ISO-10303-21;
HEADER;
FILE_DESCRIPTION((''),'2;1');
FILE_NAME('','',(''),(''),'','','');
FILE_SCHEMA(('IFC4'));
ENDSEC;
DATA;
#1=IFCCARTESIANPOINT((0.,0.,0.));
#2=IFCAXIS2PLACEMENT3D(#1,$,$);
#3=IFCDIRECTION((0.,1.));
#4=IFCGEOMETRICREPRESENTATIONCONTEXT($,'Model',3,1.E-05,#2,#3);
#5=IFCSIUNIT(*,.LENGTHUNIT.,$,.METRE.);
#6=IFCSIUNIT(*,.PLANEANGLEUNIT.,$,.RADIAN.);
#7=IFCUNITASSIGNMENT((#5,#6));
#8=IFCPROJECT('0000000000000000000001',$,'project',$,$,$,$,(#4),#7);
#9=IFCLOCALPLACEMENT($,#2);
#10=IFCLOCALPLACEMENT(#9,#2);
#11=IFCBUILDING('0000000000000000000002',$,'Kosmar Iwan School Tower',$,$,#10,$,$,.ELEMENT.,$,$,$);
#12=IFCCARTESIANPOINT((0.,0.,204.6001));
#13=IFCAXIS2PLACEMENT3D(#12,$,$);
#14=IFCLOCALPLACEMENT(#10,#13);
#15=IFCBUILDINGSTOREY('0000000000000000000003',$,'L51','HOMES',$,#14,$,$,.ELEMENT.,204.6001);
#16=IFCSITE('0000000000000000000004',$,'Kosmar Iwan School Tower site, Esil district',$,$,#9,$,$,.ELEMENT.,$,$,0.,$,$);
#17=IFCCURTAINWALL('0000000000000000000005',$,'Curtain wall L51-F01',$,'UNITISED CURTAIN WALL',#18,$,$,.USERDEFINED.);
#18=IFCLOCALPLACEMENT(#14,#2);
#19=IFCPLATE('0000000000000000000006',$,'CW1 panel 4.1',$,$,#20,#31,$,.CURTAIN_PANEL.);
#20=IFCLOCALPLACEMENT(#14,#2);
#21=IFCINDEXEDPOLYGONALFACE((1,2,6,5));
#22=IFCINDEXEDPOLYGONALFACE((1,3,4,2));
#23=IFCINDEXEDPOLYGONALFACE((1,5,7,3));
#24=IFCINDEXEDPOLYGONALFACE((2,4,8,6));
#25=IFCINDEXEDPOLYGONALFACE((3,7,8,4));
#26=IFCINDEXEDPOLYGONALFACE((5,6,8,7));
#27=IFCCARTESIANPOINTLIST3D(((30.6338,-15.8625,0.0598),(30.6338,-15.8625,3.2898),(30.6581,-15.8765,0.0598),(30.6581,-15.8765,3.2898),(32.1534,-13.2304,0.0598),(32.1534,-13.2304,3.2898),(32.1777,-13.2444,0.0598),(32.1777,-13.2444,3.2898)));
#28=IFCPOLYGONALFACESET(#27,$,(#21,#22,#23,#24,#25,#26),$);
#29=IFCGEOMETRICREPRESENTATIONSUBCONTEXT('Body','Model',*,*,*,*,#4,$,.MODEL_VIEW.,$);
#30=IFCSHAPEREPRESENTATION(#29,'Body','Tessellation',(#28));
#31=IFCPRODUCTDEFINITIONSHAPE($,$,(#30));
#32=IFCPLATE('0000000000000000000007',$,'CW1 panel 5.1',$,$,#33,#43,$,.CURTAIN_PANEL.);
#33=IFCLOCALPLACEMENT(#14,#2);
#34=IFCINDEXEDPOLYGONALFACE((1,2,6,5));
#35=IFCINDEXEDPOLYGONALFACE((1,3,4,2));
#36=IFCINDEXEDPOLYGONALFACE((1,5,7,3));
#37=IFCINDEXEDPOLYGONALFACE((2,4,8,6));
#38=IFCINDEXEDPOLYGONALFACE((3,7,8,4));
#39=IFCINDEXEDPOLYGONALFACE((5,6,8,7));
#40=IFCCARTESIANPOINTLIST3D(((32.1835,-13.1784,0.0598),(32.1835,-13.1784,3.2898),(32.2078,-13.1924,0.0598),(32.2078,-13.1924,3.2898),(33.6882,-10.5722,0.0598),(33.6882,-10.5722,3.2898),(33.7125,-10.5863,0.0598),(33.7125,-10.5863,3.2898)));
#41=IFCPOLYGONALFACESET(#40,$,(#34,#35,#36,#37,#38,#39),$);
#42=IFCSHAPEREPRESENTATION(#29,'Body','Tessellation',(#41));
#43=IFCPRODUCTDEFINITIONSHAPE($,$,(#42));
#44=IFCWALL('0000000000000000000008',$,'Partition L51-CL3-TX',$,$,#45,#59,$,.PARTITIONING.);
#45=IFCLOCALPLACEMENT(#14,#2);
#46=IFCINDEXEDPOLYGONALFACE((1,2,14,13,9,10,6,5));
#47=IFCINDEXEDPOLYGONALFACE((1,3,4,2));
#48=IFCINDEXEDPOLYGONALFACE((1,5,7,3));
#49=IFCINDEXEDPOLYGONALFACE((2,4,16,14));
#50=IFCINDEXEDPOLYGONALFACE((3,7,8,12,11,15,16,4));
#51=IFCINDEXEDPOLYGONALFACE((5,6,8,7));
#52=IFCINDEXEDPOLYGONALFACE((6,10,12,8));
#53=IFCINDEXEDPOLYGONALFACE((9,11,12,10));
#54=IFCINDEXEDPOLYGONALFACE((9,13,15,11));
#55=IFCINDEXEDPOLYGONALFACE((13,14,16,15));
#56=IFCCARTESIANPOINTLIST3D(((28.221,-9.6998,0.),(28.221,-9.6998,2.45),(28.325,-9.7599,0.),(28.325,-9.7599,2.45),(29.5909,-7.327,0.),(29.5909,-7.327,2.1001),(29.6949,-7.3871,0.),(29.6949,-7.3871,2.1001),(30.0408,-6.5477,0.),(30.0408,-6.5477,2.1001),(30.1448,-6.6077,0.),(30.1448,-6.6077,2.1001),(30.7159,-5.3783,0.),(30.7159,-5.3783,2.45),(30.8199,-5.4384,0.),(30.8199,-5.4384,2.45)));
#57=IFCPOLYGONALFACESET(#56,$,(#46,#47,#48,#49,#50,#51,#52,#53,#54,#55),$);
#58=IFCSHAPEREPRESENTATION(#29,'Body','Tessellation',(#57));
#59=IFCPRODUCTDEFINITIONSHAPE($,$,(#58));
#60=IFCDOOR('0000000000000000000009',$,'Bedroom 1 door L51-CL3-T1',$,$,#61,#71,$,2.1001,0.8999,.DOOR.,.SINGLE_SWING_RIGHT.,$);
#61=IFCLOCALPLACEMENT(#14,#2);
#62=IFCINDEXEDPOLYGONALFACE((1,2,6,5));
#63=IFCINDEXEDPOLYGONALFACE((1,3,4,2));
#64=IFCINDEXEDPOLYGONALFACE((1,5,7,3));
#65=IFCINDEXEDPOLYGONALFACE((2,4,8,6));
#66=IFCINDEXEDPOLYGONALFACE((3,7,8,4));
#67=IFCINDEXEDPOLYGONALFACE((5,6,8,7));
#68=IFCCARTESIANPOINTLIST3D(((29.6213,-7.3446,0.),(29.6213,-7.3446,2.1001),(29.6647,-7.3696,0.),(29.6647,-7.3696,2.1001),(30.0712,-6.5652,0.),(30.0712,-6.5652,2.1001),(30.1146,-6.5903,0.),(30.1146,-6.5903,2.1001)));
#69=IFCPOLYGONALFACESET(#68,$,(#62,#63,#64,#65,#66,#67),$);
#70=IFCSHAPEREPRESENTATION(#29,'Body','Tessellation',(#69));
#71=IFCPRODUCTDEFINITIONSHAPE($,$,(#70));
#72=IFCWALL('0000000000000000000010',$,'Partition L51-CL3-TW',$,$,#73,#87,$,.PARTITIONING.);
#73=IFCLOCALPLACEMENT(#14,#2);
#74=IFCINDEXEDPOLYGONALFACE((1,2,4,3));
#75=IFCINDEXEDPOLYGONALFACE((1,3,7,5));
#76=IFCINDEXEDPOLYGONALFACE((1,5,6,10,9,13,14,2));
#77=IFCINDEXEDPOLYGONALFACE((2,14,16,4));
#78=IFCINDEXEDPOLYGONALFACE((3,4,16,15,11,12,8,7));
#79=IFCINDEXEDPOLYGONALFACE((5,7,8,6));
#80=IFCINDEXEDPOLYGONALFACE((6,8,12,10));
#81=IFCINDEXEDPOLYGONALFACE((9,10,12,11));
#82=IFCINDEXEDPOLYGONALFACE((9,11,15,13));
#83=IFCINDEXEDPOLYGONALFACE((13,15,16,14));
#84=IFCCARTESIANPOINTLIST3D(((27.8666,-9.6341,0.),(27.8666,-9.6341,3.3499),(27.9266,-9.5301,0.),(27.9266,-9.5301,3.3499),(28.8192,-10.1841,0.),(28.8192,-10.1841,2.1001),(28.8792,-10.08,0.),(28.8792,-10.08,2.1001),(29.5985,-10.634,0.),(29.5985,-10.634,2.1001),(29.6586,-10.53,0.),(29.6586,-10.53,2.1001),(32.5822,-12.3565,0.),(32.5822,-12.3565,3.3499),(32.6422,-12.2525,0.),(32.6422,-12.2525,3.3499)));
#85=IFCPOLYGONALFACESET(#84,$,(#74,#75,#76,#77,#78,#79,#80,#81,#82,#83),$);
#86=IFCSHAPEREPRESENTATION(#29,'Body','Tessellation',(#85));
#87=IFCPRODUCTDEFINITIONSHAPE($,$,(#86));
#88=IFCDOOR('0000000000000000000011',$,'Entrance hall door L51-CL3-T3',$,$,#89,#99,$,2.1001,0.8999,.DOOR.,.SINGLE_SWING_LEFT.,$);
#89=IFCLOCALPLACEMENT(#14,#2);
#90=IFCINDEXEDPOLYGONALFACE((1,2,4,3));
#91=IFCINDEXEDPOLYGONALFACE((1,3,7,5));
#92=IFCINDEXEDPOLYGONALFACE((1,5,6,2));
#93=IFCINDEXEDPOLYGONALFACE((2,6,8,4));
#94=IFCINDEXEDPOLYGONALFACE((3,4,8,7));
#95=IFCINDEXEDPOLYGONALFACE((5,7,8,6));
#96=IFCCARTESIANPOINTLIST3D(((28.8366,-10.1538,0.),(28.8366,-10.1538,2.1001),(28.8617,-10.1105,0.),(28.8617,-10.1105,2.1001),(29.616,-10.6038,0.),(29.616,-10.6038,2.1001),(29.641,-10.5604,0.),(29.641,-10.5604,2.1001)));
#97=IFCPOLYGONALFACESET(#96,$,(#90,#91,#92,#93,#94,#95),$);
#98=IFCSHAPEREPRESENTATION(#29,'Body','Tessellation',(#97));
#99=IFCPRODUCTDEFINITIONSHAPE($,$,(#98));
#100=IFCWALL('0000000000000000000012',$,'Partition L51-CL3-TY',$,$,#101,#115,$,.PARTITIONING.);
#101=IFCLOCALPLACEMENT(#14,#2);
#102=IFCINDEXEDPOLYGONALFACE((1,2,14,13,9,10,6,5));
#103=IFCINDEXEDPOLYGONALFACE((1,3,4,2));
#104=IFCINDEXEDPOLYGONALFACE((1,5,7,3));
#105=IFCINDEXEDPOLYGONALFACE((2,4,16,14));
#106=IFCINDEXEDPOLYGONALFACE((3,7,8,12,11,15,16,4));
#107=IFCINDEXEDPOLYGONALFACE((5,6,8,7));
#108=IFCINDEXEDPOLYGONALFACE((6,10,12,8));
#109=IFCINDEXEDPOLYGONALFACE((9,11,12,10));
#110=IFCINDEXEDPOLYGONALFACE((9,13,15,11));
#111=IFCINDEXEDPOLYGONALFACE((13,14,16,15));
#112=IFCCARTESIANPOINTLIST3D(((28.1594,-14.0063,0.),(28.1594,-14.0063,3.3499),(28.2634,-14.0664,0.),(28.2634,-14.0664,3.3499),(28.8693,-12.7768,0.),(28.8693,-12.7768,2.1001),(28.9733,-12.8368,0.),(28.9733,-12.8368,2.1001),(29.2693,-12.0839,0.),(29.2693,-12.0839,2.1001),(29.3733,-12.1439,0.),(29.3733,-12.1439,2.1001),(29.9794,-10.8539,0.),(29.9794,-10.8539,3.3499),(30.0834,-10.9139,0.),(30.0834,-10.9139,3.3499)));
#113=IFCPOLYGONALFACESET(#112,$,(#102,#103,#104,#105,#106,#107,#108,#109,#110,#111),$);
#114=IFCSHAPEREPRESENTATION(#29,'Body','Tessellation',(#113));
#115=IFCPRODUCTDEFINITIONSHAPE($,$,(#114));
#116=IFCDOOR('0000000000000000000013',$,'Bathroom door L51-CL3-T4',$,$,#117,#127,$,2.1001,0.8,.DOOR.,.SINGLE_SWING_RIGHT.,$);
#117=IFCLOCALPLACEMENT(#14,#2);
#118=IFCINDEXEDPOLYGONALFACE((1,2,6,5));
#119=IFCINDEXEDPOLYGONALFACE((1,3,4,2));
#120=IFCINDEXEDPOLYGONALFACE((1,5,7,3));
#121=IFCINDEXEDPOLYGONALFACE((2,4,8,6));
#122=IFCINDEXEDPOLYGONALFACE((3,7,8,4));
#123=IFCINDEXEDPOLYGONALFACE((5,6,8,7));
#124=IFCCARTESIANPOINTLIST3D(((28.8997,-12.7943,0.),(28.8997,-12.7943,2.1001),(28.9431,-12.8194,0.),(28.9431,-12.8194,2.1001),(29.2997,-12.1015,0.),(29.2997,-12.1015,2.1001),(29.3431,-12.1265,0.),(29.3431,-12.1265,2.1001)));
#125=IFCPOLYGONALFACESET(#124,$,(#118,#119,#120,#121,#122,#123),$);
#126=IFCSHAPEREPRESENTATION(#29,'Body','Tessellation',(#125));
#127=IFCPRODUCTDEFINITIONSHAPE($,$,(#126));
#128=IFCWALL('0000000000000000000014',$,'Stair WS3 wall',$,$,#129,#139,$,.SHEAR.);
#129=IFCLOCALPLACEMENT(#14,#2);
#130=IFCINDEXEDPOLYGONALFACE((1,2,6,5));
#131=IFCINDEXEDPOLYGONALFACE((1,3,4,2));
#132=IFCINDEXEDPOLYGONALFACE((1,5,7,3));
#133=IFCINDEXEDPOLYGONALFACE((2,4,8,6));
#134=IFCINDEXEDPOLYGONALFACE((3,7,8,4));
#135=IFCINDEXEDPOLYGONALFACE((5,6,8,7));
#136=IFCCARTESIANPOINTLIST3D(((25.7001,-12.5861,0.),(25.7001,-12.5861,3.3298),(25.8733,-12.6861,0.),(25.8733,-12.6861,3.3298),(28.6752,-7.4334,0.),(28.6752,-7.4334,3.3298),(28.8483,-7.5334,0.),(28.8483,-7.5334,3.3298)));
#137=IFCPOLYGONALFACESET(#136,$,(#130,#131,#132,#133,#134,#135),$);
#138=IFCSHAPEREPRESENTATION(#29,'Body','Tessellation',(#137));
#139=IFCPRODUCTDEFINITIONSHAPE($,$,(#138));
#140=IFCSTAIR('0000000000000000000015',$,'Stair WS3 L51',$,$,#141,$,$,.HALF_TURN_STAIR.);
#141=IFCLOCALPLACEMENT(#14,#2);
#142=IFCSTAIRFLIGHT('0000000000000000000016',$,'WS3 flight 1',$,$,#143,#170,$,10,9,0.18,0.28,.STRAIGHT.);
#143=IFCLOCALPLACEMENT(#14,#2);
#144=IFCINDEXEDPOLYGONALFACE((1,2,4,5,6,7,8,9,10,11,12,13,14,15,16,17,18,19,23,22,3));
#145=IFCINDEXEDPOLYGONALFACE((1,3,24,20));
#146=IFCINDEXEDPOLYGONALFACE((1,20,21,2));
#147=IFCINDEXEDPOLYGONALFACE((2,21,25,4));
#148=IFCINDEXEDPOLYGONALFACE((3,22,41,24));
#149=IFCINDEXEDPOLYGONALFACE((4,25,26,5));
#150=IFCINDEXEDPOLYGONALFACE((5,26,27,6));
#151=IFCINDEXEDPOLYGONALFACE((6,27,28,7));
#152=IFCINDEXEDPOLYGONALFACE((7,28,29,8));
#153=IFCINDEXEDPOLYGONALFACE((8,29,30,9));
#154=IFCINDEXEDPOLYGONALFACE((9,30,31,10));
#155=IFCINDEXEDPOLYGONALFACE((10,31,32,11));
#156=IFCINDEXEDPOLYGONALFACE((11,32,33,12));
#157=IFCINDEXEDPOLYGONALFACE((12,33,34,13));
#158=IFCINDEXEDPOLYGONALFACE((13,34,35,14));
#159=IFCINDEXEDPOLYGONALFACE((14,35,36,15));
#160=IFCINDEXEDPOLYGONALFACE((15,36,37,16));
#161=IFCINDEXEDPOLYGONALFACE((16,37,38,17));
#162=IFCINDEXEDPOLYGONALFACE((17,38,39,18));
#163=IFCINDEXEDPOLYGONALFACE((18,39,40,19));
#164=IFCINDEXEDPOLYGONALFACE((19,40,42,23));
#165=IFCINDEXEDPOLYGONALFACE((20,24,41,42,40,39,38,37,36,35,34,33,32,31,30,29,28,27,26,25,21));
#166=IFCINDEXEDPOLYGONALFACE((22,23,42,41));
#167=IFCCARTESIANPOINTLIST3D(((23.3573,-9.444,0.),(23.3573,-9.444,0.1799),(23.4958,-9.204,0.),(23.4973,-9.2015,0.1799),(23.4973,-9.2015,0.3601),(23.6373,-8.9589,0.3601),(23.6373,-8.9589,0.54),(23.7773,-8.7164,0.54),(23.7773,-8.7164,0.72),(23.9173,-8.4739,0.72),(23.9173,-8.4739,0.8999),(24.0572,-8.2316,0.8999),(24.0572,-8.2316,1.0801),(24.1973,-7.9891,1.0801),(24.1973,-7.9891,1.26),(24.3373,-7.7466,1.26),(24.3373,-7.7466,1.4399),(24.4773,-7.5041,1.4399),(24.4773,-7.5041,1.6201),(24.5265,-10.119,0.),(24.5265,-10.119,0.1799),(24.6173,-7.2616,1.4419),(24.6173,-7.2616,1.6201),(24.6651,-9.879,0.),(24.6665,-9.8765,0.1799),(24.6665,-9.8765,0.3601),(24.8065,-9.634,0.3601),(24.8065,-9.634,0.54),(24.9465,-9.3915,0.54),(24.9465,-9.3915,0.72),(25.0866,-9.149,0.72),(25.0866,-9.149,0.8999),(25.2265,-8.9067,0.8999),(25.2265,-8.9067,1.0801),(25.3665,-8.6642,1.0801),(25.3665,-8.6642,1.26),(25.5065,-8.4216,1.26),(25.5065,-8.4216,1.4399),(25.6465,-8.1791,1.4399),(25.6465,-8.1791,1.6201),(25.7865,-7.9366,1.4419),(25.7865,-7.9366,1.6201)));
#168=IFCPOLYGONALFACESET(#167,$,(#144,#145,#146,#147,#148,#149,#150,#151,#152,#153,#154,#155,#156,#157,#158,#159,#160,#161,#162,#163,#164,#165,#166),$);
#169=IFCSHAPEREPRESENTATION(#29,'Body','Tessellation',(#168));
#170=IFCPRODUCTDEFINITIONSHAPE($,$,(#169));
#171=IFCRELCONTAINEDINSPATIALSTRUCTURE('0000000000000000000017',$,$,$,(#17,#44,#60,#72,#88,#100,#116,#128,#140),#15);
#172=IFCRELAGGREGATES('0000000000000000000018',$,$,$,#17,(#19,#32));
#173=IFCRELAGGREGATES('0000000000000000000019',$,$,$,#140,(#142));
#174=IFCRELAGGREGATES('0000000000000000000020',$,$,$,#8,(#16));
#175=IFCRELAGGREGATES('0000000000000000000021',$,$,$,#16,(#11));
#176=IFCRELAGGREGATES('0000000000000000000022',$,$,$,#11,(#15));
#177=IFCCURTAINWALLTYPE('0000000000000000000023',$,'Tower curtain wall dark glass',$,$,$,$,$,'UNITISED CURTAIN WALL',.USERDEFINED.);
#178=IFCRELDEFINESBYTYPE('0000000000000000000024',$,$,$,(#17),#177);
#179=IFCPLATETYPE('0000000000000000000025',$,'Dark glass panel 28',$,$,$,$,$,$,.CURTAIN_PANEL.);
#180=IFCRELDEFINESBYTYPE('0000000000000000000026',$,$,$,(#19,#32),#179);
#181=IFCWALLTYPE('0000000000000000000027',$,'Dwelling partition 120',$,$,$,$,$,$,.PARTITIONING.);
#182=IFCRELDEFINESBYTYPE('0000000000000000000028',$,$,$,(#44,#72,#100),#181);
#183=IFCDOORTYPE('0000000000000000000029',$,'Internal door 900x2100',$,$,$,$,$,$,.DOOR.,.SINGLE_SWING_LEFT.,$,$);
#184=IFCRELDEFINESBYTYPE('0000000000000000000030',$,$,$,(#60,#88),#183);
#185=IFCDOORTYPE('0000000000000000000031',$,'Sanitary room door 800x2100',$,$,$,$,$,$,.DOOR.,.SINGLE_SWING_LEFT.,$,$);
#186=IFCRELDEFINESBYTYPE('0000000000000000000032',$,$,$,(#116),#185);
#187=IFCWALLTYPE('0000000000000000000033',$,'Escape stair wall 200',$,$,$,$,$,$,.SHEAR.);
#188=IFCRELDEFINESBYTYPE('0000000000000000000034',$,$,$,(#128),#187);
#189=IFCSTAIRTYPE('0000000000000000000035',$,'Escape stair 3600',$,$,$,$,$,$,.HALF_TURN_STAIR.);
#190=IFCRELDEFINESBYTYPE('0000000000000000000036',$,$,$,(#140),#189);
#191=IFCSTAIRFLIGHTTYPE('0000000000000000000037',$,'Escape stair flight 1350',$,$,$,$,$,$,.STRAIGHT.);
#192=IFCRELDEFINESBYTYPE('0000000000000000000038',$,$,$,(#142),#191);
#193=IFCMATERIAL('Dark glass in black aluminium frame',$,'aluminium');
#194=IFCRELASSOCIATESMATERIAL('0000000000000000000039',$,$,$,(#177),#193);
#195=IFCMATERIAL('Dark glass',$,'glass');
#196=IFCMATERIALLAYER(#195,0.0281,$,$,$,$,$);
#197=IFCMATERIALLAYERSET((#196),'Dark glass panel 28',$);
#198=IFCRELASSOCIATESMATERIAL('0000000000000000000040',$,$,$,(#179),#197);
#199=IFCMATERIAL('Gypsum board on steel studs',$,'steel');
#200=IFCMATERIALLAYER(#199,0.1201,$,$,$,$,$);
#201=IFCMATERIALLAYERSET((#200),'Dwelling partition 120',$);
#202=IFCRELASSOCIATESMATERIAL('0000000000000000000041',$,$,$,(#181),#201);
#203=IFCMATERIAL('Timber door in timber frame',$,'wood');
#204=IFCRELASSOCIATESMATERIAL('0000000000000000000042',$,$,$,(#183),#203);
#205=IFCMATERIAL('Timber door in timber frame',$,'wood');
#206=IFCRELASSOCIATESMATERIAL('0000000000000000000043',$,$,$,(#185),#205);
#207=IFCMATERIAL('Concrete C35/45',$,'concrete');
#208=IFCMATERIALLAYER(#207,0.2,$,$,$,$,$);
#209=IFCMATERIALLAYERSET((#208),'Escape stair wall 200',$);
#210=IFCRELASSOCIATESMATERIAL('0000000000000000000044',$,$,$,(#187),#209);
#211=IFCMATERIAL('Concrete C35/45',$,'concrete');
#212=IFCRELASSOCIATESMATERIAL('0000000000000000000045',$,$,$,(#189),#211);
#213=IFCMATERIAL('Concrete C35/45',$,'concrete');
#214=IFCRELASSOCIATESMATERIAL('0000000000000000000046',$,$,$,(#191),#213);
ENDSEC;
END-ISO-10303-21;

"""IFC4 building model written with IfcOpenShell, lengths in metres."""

from ifc_helpers import new_model, si_unit, direction, frame, frame_2d, origin, origin_2d, place, context, subcontext, project, spatial, polyline, rectangle, outline, extrude, material, layer, layer_set, type_object, element, fill, aggregate, save


model = new_model("IFC4")

# Units and contexts
model_context = context("Model", 3, precision=1e-05, world=origin(), true_north=direction((0.0, 1.0)))
body_context = subcontext(model_context, "Body", "Model", "MODEL_VIEW")
ifc_project = project(units=[si_unit("LENGTHUNIT", "METRE"), si_unit("PLANEANGLEUNIT", "RADIAN")], contexts=[model_context])

# Site, building, storey
site_placement = place(None, origin())
site = spatial("IfcSite", under=ifc_project, at=site_placement, Name="Kosmar Iwan School Tower site, Esil district", CompositionType="ELEMENT", RefElevation=0.0)
building_placement = place(site_placement, origin())
building = spatial("IfcBuilding", under=site, at=building_placement, Name="Kosmar Iwan School Tower", CompositionType="ELEMENT")
storey_placement = place(building_placement, frame((0.0, 0.0, 204.6001)))
storey = spatial("IfcBuildingStorey", under=building, at=storey_placement, Name="L51", Description="HOMES", CompositionType="ELEMENT", Elevation=204.6001)

# Curtain wall
ifc_material_1 = material(Name="Dark glass in black aluminium frame", Category="aluminium")
curtain_wall_type_1 = type_object("IfcCurtainWallType", Name="Tower curtain wall dark glass", ElementType="UNITISED CURTAIN WALL", PredefinedType="USERDEFINED", material=ifc_material_1)
curtain_wall_1_placement = place(storey_placement, origin())
curtain_wall_1 = element("IfcCurtainWall", 1, at=curtain_wall_1_placement, inside=storey, type_object=curtain_wall_type_1, Name="Curtain wall L51-F01", ObjectType="UNITISED CURTAIN WALL", PredefinedType="USERDEFINED")

# Plates
ifc_material_2 = material(Name="Dark glass", Category="glass")
ifc_layer_1 = layer(ifc_material_2, 0.0281)
ifc_layer_set_1 = layer_set([ifc_layer_1], Name="Dark glass panel 28")
plate_type = type_object("IfcPlateType", Name="Dark glass panel 28", PredefinedType="CURTAIN_PANEL", material=ifc_layer_set_1)
plate_1_placement = place(storey_placement, frame((31.4058, -14.5535, 0.0598), z_axis=(0.0, 0.0, 1.0), x_axis=(0.5, 0.866025, 0.0)))
plate_1 = element("IfcPlate", 2, at=plate_1_placement, type_object=plate_type, Name="CW1 panel 4.1", PredefinedType="CURTAIN_PANEL", context=body_context, shape_type="SweptSolid", body=[
    extrude(rectangle(XDim=3.0393, YDim=0.0281, at=origin_2d()), origin(), (0.0, 0.0, 1.0), 3.23),
])
plate_2_placement = place(storey_placement, frame((32.948, -11.8823, 0.0598), z_axis=(0.0, 0.0, 1.0), x_axis=(0.5, 0.866025, 0.0)))
plate_2 = element("IfcPlate", 3, at=plate_2_placement, type_object=plate_type, Name="CW1 panel 5.1", PredefinedType="CURTAIN_PANEL", context=body_context, shape_type="SweptSolid", body=[
    extrude(rectangle(XDim=3.0093, YDim=0.0281, at=origin_2d()), origin(), (0.0, 0.0, 1.0), 3.23),
])
aggregate(curtain_wall_1, [plate_1, plate_2])

# Walls, openings, doors
ifc_material_3 = material(Name="Gypsum board on steel studs", Category="steel")
ifc_layer_2 = layer(ifc_material_3, 0.1201)
ifc_layer_set_2 = layer_set([ifc_layer_2], Name="Dwelling partition 120")
wall_type_1 = type_object("IfcWallType", Name="Dwelling partition 120", PredefinedType="PARTITIONING", material=ifc_layer_set_2)
wall_1_placement = place(storey_placement, frame((28.2729, -9.73, 0.0), z_axis=(0.0, 0.0, 1.0), x_axis=(0.499975, 0.86604, 0.0)))
wall_1 = element("IfcWall", 4, at=wall_1_placement, inside=storey, type_object=wall_type_1, Name="Partition L51-CL3-TX", PredefinedType="PARTITIONING", context=body_context, shape_type="SweptSolid", body=[
    extrude(rectangle(XDim=4.99, YDim=0.1201, at=frame_2d((2.4951, 0.0))), origin(), (0.0, 0.0, 1.0), 2.45),
])
opening_1_placement = place(wall_1_placement, frame((2.74, 0.0, 0.0)))
opening_1 = element("IfcOpeningElement", 5, at=opening_1_placement, cuts=wall_1, PredefinedType="OPENING", context=body_context, shape_type="SweptSolid", body=[
    extrude(rectangle(XDim=0.8999, YDim=2.1001, at=frame_2d((0.45, 1.05))), frame((0.0, 0.072, 0.0), z_axis=(0.0, -1.0, 0.0), x_axis=(1.0, 0.0, 0.0)), (0.0, 0.0, 1.0), 0.144),
])
ifc_material_4 = material(Name="Timber door in timber frame", Category="wood")
door_type_1 = type_object("IfcDoorType", Name="Internal door 900x2100", OperationType="SINGLE_SWING_LEFT", PredefinedType="DOOR", material=ifc_material_4)
door_1_placement = place(opening_1_placement, origin())
door_1 = element("IfcDoor", 6, at=door_1_placement, inside=storey, type_object=door_type_1, Name="Bedroom 1 door L51-CL3-T1", OperationType="SINGLE_SWING_RIGHT", OverallHeight=2.1001, OverallWidth=0.8999, PredefinedType="DOOR", context=body_context, shape_type="SweptSolid", body=[
    extrude(rectangle(XDim=0.8999, YDim=2.1001, at=frame_2d((0.45, 1.05))), frame((0.0, 0.0249, 0.0), z_axis=(0.0, -1.0, 0.0), x_axis=(1.0, 0.0, 0.0)), (0.0, 0.0, 1.0), 0.05),
])
fill(opening_1, door_1)
wall_2_placement = place(storey_placement, frame((27.8965, -9.582, 0.0), z_axis=(0.0, 0.0, 1.0), x_axis=(0.866036, -0.499982, 0.0)))
wall_2 = element("IfcWall", 7, at=wall_2_placement, inside=storey, type_object=wall_type_1, Name="Partition L51-CL3-TW", PredefinedType="PARTITIONING", context=body_context, shape_type="SweptSolid", body=[
    extrude(rectangle(XDim=5.4451, YDim=0.1201, at=frame_2d((2.7227, 0.0))), origin(), (0.0, 0.0, 1.0), 3.3499),
])
opening_2_placement = place(wall_2_placement, frame((1.1001, 0.0, 0.0)))
opening_2 = element("IfcOpeningElement", 8, at=opening_2_placement, cuts=wall_2, PredefinedType="OPENING", context=body_context, shape_type="SweptSolid", body=[
    extrude(rectangle(XDim=0.8999, YDim=2.1001, at=frame_2d((0.45, 1.05))), frame((0.0, 0.072, 0.0), z_axis=(0.0, -1.0, 0.0), x_axis=(1.0, 0.0, 0.0)), (0.0, 0.0, 1.0), 0.144),
])
door_2_placement = place(opening_2_placement, origin())
door_2 = element("IfcDoor", 9, at=door_2_placement, inside=storey, type_object=door_type_1, Name="Entrance hall door L51-CL3-T3", OperationType="SINGLE_SWING_LEFT", OverallHeight=2.1001, OverallWidth=0.8999, PredefinedType="DOOR", context=body_context, shape_type="SweptSolid", body=[
    extrude(rectangle(XDim=0.8999, YDim=2.1001, at=frame_2d((0.45, 1.05))), frame((0.0, 0.0249, 0.0), z_axis=(0.0, -1.0, 0.0), x_axis=(1.0, 0.0, 0.0)), (0.0, 0.0, 1.0), 0.05),
])
fill(opening_2, door_2)
wall_3_placement = place(storey_placement, frame((28.2114, -14.0364, 0.0), z_axis=(0.0, 0.0, 1.0), x_axis=(0.499984, 0.866035, 0.0)))
wall_3 = element("IfcWall", 10, at=wall_3_placement, inside=storey, type_object=wall_type_1, Name="Partition L51-CL3-TY", PredefinedType="PARTITIONING", context=body_context, shape_type="SweptSolid", body=[
    extrude(rectangle(XDim=3.6401, YDim=0.1201, at=frame_2d((1.8201, 0.0))), origin(), (0.0, 0.0, 1.0), 3.3499),
])
opening_3_placement = place(wall_3_placement, frame((1.4199, 0.0, 0.0)))
opening_3 = element("IfcOpeningElement", 11, at=opening_3_placement, cuts=wall_3, PredefinedType="OPENING", context=body_context, shape_type="SweptSolid", body=[
    extrude(rectangle(XDim=0.8, YDim=2.1001, at=frame_2d((0.3999, 1.05))), frame((0.0, 0.072, 0.0), z_axis=(0.0, -1.0, 0.0), x_axis=(1.0, 0.0, 0.0)), (0.0, 0.0, 1.0), 0.144),
])
ifc_material_5 = material(Name="Timber door in timber frame", Category="wood")
door_type_2 = type_object("IfcDoorType", Name="Sanitary room door 800x2100", OperationType="SINGLE_SWING_LEFT", PredefinedType="DOOR", material=ifc_material_5)
door_3_placement = place(opening_3_placement, origin())
door_3 = element("IfcDoor", 12, at=door_3_placement, inside=storey, type_object=door_type_2, Name="Bathroom door L51-CL3-T4", OperationType="SINGLE_SWING_RIGHT", OverallHeight=2.1001, OverallWidth=0.8, PredefinedType="DOOR", context=body_context, shape_type="SweptSolid", body=[
    extrude(rectangle(XDim=0.8, YDim=2.1001, at=frame_2d((0.3999, 1.05))), frame((0.0, 0.0249, 0.0), z_axis=(0.0, -1.0, 0.0), x_axis=(1.0, 0.0, 0.0)), (0.0, 0.0, 1.0), 0.05),
])
fill(opening_3, door_3)

# Wall
ifc_material_6 = material(Name="Concrete C35/45", Category="concrete")
ifc_layer_3 = layer(ifc_material_6, 0.2)
ifc_layer_set_3 = layer_set([ifc_layer_3], Name="Escape stair wall 200")
wall_type_2 = type_object("IfcWallType", Name="Escape stair wall 200", PredefinedType="SHEAR", material=ifc_layer_set_3)
wall_4_placement = place(storey_placement, frame((25.7866, -12.6362, 0.0), z_axis=(0.0, 0.0, 1.0), x_axis=(0.500014, 0.866017, 0.0)))
element("IfcWall", 13, at=wall_4_placement, inside=storey, type_object=wall_type_2, Name="Stair WS3 wall", PredefinedType="SHEAR", context=body_context, shape_type="SweptSolid", body=[
    extrude(rectangle(XDim=5.95, YDim=0.2, at=frame_2d((2.9751, 0.0))), origin(), (0.0, 0.0, 1.0), 3.3298),
])

# Stair, stair flight
ifc_material_7 = material(Name="Concrete C35/45", Category="concrete")
stair_type = type_object("IfcStairType", Name="Escape stair 3600", PredefinedType="HALF_TURN_STAIR", material=ifc_material_7)
stair_placement = place(storey_placement, origin())
stair = element("IfcStair", 14, at=stair_placement, inside=storey, type_object=stair_type, Name="Stair WS3 L51", PredefinedType="HALF_TURN_STAIR")
ifc_material_8 = material(Name="Concrete C35/45", Category="concrete")
stair_flight_type = type_object("IfcStairFlightType", Name="Escape stair flight 1350", PredefinedType="STRAIGHT", material=ifc_material_8)
stair_flight_1_placement = place(storey_placement, frame((23.9419, -9.7815, 0.0), z_axis=(0.0, 0.0, 1.0), x_axis=(0.5, 0.866025, 0.0)))
stair_flight_1 = element("IfcStairFlight", 15, at=stair_flight_1_placement, type_object=stair_flight_type, Name="WS3 flight 1", NumberOfRisers=10, NumberOfTreads=9, PredefinedType="STRAIGHT", RiserHeight=0.18, TreadLength=0.28, context=body_context, shape_type="SweptSolid", body=[
    extrude(outline(polyline([(0.0, 0.0), (0.0, 0.1799), (0.28, 0.1799), (0.28, 0.3601), (0.5601, 0.3601), (0.5601, 0.54), (0.8401, 0.54), (0.8401, 0.72), (1.1201, 0.72), (1.1201, 0.8999), (1.3999, 0.8999), (1.3999, 1.0801), (1.6799, 1.0801), (1.6799, 1.26), (1.96, 1.26), (1.96, 1.4399), (2.24, 1.4399), (2.24, 1.6201), (2.52, 1.6201), (2.52, 1.8), (2.52, 1.4419), (0.2771, 0.0), (0.0, 0.0)])), frame((0.0, 0.675, 0.0), z_axis=(0.0, -1.0, 0.0), x_axis=(1.0, 0.0, 0.0)), (0.0, 0.0, 1.0), 1.3501),
])
aggregate(stair, [stair_flight_1])

save(model, "model.ifc")
